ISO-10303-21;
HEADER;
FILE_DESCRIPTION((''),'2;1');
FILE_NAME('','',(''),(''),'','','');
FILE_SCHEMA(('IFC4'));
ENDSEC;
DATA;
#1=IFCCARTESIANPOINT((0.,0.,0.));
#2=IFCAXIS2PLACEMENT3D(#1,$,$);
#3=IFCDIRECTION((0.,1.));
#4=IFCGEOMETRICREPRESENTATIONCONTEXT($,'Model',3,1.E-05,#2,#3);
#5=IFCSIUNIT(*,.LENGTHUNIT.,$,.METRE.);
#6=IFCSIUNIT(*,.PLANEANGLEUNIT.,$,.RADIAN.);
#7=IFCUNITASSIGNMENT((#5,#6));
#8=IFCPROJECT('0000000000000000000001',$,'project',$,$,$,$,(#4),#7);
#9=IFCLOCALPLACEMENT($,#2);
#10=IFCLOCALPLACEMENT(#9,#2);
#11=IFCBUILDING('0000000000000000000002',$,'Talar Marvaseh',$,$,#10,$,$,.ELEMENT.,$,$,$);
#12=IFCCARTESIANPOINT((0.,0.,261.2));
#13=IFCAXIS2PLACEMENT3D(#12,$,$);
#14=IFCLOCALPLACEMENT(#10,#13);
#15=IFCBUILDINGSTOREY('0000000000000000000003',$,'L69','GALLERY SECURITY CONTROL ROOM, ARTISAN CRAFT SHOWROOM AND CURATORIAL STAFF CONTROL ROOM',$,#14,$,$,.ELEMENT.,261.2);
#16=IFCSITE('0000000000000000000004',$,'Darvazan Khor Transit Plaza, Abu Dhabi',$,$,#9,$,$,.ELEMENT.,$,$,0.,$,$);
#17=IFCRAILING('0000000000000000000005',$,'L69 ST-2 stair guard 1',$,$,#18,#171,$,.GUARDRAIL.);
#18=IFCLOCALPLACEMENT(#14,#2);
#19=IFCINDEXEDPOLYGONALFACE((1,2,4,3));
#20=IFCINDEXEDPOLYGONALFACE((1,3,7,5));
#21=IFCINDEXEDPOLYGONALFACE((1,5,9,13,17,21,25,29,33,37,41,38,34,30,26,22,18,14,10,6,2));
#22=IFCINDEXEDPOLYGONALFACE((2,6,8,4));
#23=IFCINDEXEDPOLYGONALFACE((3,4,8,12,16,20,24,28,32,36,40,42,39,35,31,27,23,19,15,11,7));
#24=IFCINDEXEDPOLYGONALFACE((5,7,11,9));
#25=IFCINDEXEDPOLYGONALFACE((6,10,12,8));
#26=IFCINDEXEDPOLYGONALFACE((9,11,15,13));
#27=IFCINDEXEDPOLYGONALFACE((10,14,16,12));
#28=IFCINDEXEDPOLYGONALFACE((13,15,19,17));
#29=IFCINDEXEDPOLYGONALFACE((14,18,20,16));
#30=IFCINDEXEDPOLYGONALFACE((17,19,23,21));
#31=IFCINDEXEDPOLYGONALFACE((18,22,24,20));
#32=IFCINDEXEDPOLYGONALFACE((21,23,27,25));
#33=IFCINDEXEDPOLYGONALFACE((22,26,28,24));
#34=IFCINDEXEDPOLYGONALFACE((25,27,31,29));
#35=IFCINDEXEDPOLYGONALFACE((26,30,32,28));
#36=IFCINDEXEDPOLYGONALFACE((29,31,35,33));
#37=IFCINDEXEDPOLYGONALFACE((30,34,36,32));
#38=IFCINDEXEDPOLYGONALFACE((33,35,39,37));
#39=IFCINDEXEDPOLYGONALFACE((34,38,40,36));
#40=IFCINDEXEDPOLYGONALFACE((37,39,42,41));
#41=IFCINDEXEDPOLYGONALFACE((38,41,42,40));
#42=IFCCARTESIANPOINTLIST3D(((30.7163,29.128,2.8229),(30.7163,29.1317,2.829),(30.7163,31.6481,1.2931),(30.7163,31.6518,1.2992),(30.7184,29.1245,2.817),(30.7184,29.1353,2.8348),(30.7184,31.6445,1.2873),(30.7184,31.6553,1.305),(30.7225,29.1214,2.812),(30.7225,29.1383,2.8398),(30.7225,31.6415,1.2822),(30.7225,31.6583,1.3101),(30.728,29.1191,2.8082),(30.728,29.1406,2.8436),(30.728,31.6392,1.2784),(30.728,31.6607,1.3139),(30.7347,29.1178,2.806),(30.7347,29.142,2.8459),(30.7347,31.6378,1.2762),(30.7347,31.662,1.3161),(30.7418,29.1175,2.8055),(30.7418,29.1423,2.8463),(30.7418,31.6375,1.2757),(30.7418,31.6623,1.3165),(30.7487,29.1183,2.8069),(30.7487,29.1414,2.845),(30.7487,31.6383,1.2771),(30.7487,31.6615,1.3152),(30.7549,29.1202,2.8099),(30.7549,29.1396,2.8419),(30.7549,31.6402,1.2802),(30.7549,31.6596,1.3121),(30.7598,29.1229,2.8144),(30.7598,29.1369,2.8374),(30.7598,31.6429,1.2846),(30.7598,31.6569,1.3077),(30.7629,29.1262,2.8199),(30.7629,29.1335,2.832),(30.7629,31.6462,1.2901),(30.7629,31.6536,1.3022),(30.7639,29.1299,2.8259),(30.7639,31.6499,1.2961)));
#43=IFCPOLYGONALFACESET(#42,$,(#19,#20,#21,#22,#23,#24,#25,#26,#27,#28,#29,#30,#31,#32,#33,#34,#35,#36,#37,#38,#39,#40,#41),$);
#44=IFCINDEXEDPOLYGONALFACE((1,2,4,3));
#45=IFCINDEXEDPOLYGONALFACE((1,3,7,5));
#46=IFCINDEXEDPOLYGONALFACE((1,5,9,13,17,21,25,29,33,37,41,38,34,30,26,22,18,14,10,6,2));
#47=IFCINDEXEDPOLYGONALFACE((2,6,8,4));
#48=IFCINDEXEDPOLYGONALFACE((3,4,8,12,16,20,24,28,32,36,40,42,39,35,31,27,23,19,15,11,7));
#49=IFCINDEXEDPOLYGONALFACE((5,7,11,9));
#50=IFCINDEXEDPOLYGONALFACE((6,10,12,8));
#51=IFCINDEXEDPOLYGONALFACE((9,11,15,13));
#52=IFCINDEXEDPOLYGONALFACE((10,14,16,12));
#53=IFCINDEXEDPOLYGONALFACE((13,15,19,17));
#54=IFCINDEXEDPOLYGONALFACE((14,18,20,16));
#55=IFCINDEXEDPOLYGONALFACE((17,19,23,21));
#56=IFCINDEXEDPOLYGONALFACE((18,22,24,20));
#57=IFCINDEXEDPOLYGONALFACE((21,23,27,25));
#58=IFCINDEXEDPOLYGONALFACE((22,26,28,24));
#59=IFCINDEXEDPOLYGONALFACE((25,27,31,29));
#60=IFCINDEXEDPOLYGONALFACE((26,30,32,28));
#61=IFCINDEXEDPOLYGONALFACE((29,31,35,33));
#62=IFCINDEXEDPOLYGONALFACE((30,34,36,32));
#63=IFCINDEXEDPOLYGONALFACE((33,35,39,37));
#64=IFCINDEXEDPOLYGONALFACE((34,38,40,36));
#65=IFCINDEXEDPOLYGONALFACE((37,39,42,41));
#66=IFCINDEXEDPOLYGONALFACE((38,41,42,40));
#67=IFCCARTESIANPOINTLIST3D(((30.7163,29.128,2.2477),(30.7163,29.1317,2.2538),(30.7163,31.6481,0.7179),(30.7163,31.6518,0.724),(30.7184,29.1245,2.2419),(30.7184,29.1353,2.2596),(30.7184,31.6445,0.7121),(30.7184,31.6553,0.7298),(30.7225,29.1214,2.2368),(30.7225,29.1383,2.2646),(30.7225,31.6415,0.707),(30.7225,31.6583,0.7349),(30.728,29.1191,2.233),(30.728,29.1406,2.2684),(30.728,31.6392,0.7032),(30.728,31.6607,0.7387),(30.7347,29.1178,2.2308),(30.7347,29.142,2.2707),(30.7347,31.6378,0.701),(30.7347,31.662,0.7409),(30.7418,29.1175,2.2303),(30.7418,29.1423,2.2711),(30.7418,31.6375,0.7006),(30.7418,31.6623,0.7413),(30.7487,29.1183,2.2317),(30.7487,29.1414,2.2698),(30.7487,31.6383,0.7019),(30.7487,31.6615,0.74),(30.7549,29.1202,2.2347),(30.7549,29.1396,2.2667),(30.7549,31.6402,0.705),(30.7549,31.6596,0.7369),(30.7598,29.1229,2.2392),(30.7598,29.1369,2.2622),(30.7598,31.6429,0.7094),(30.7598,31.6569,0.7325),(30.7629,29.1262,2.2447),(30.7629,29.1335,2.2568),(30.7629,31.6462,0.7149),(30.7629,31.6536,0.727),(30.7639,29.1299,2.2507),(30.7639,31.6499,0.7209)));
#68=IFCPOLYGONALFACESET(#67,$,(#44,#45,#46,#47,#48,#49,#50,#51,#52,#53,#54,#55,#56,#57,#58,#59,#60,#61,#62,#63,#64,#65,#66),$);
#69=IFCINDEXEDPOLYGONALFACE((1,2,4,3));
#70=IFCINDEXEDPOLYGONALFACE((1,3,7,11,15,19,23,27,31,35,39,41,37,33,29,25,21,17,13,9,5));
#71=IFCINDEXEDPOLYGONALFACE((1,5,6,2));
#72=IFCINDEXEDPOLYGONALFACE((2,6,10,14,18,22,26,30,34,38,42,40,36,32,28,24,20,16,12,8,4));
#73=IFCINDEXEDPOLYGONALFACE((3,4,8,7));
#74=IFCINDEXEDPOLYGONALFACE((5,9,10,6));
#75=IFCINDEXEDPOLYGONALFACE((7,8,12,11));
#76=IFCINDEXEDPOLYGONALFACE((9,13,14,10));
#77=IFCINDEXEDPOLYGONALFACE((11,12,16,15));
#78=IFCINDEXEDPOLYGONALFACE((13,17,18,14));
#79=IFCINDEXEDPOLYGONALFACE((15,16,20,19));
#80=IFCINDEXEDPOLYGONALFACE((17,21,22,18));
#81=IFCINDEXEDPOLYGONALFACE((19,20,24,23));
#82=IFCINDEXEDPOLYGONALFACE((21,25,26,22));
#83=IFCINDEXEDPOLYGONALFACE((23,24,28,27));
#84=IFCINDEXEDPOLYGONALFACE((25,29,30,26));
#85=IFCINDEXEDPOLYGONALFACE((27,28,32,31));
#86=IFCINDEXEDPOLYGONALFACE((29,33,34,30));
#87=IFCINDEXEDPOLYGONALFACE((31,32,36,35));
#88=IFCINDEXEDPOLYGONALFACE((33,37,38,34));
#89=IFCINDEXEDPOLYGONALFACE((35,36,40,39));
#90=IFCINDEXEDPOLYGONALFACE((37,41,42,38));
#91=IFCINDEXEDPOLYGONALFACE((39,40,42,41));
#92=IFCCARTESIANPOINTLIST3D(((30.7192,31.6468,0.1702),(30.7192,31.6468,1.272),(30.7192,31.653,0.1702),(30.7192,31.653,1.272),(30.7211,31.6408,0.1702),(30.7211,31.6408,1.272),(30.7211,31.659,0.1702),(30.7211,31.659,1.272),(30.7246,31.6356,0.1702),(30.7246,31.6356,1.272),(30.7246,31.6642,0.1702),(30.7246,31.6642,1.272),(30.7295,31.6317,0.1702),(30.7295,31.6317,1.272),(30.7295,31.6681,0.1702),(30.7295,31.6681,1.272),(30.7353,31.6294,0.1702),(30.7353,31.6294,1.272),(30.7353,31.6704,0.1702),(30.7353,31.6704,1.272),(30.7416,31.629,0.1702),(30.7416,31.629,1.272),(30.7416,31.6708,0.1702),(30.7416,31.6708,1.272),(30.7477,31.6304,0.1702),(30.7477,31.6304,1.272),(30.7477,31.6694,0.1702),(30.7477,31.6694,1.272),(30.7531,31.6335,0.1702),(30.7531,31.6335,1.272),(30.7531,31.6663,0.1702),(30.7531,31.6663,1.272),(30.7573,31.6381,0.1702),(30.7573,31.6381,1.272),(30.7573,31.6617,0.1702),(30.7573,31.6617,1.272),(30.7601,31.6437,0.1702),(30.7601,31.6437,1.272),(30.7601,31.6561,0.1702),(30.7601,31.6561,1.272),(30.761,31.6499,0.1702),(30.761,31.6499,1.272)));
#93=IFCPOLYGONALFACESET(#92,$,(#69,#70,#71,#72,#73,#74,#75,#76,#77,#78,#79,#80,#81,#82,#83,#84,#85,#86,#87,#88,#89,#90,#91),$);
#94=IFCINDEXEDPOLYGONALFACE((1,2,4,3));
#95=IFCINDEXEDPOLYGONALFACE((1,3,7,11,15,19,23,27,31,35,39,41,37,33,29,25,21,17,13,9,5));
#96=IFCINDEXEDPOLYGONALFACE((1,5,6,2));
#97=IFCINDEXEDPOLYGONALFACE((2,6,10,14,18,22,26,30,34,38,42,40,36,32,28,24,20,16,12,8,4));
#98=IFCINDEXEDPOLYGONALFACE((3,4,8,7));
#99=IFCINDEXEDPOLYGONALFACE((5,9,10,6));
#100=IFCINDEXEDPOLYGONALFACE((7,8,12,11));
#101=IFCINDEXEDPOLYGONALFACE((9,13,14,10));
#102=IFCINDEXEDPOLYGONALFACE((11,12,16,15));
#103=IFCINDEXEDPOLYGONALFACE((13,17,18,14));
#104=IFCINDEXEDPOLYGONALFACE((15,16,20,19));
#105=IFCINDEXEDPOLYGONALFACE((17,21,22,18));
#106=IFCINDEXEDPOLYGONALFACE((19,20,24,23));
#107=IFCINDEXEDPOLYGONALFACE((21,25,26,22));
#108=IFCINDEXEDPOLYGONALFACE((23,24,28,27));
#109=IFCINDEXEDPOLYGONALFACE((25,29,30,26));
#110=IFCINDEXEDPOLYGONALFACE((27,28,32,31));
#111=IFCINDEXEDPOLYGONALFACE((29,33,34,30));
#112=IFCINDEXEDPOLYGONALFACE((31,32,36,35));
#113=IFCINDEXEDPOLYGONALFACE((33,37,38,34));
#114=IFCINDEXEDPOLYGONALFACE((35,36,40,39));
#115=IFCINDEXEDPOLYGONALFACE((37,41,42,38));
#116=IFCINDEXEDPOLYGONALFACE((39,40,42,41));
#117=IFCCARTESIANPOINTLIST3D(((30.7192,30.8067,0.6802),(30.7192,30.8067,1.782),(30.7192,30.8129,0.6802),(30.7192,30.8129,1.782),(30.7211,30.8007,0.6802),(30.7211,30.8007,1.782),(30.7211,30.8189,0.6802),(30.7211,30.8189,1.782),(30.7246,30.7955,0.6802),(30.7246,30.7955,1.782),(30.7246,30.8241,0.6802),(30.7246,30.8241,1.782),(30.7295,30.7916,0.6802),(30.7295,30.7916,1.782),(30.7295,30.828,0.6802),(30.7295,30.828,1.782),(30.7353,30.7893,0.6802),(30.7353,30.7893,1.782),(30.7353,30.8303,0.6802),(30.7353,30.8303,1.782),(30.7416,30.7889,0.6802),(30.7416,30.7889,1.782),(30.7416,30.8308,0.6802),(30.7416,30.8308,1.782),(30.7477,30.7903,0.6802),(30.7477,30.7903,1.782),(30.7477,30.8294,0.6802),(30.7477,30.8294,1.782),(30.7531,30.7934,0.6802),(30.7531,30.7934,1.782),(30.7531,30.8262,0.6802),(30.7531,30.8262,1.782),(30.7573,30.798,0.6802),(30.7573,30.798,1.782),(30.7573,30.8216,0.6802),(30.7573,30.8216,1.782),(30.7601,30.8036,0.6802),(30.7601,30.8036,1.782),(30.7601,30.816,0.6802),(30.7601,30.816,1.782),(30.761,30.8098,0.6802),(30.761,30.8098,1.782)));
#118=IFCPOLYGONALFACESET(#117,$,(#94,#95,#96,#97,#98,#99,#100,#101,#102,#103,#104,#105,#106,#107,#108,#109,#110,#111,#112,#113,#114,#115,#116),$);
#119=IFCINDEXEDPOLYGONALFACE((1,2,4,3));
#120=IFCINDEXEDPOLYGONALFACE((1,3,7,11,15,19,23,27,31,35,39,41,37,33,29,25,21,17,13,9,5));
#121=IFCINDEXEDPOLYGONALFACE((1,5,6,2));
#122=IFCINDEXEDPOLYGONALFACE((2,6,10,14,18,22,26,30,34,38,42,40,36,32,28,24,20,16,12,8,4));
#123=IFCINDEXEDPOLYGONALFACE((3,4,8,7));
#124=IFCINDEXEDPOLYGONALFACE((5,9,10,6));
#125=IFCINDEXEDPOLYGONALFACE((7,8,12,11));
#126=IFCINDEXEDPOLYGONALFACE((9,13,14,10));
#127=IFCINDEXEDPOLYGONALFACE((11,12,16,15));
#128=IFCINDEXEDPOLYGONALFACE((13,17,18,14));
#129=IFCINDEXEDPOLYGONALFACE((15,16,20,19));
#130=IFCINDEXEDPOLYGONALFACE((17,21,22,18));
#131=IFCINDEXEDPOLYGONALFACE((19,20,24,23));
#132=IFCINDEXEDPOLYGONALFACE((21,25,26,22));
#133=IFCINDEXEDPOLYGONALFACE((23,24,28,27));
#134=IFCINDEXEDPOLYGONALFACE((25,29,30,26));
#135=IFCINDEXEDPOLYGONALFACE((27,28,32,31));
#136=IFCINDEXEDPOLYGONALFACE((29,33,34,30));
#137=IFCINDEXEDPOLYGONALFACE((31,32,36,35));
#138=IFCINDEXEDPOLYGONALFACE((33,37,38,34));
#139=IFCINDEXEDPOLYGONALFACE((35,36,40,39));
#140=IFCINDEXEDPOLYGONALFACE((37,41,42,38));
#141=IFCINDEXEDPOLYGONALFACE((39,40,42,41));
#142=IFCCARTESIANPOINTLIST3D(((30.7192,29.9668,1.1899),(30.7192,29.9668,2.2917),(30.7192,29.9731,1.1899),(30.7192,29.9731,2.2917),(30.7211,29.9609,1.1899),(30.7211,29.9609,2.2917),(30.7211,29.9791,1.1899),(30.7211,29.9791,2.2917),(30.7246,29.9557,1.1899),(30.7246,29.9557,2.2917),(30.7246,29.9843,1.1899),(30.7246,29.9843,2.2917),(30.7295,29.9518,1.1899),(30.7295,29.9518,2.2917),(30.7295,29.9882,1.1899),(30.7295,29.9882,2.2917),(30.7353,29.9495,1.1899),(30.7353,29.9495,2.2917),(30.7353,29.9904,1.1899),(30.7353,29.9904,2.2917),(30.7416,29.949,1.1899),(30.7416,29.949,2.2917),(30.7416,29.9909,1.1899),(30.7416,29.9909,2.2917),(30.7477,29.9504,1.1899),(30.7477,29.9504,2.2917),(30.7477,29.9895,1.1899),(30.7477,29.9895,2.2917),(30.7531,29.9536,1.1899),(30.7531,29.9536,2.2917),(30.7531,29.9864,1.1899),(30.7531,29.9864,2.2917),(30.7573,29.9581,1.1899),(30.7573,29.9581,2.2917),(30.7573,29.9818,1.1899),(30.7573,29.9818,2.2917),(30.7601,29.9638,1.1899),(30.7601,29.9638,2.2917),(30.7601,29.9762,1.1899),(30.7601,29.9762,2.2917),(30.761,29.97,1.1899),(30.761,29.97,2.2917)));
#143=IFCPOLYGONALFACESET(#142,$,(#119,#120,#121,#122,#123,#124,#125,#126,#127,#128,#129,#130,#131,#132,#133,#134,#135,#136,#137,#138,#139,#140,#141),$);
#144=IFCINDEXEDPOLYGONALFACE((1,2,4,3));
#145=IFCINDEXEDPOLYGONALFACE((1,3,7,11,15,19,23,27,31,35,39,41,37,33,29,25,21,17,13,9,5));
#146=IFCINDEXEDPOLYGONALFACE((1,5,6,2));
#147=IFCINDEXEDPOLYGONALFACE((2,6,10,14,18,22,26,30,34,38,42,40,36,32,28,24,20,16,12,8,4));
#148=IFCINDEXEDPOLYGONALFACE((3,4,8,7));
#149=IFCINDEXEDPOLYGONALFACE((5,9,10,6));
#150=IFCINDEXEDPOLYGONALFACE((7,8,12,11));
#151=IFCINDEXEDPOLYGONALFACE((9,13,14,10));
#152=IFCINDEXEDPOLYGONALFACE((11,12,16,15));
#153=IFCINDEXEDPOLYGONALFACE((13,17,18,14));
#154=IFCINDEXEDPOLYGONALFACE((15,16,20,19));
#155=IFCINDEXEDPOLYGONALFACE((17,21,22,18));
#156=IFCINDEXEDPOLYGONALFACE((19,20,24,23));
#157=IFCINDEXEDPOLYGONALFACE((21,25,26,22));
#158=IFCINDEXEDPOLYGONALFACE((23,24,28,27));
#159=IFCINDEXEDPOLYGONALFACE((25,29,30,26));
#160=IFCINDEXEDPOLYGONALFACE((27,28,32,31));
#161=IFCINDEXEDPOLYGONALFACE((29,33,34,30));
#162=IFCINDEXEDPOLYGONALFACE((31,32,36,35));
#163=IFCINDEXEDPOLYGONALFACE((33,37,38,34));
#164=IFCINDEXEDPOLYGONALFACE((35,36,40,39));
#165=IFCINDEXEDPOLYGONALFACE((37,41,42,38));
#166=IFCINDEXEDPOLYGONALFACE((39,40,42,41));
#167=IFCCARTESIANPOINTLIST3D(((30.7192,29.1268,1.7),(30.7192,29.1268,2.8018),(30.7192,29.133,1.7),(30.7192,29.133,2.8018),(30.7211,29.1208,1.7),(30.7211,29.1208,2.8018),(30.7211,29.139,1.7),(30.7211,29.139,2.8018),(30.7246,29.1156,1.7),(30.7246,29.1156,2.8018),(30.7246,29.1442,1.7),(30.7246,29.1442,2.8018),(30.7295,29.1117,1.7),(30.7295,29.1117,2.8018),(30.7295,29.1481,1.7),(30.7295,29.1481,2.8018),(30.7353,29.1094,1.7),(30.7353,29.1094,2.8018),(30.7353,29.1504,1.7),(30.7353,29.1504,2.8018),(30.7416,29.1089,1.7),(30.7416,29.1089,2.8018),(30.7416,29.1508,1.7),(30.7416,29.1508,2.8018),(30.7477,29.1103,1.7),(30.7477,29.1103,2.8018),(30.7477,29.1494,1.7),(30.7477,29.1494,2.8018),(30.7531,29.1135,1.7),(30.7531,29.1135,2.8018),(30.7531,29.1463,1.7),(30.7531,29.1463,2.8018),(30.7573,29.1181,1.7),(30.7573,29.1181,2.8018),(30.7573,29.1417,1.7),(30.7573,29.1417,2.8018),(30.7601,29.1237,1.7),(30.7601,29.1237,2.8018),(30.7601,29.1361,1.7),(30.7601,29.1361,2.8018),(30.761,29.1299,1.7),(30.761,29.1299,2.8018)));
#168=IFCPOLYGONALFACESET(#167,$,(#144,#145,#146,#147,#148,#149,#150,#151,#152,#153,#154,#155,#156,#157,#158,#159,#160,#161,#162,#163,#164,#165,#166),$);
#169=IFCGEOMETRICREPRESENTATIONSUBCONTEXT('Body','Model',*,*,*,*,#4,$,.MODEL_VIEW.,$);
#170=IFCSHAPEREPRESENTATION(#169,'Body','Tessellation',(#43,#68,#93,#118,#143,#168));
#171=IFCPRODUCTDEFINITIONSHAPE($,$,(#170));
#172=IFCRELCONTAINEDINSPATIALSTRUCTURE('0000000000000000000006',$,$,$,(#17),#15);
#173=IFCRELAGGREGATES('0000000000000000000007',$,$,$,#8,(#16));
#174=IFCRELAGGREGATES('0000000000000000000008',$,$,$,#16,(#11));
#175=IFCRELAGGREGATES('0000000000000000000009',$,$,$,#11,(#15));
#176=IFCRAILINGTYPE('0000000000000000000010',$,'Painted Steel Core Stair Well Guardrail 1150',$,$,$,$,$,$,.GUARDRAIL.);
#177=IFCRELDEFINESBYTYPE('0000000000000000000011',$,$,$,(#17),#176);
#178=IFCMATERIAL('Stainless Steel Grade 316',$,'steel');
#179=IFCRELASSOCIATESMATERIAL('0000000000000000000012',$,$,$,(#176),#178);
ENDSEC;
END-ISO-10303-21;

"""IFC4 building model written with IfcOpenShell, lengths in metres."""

from ifc_helpers import new_model, si_unit, direction, frame, origin, origin_2d, place, context, subcontext, project, spatial, circle, extrude, material, type_object, element, save


model = new_model("IFC4")

# Units and contexts
model_context = context("Model", 3, precision=1e-05, world=origin(), true_north=direction((0.0, 1.0)))
body_context = subcontext(model_context, "Body", "Model", "MODEL_VIEW")
ifc_project = project(units=[si_unit("LENGTHUNIT", "METRE"), si_unit("PLANEANGLEUNIT", "RADIAN")], contexts=[model_context])

# Site, building, storey
site_placement = place(None, origin())
site = spatial("IfcSite", under=ifc_project, at=site_placement, Name="Darvazan Khor Transit Plaza, Abu Dhabi", CompositionType="ELEMENT", RefElevation=0.0)
building_placement = place(site_placement, origin())
building = spatial("IfcBuilding", under=site, at=building_placement, Name="Talar Marvaseh", CompositionType="ELEMENT")
storey_placement = place(building_placement, frame((0.0, 0.0, 261.2)))
storey = spatial("IfcBuildingStorey", under=building, at=storey_placement, Name="L69", Description="GALLERY SECURITY CONTROL ROOM, ARTISAN CRAFT SHOWROOM AND CURATORIAL STAFF CONTROL ROOM", CompositionType="ELEMENT", Elevation=261.2)

# Shared definitions
ifc_material_1 = material(Name="Stainless Steel Grade 316", Category="steel")

# Railing
railing_type_1 = type_object("IfcRailingType", Name="Painted Steel Core Stair Well Guardrail 1150", PredefinedType="GUARDRAIL", material=ifc_material_1)
railing_1_placement = place(storey_placement, frame((30.74, 31.6499, 0.1702)))
element("IfcRailing", 1, at=railing_1_placement, inside=storey, type_object=railing_type_1, Name="L69 ST-2 stair guard 1", PredefinedType="GUARDRAIL", context=body_context, shape_type="SweptSolid", body=[
    extrude(circle(Radius=0.0239, at=origin_2d()), frame((0.0, 0.0, 1.126), z_axis=(0.0, -0.854822, 0.518922), x_axis=(1.0, 0.0, 0.0)), (0.0, 0.0, 1.0), 2.948),
    extrude(circle(Radius=0.0239, at=origin_2d()), frame((0.0, 0.0, 0.5508), z_axis=(0.0, -0.854822, 0.518922), x_axis=(1.0, 0.0, 0.0)), (0.0, 0.0, 1.0), 2.948),
    extrude(circle(Radius=0.021, at=origin_2d()), origin(), (0.0, 0.0, 1.0), 1.1018),
    extrude(circle(Radius=0.021, at=origin_2d()), frame((0.0, -0.8401, 0.51)), (0.0, 0.0, 1.0), 1.1018),
    extrude(circle(Radius=0.021, at=origin_2d()), frame((0.0, -1.6799, 1.0198)), (0.0, 0.0, 1.0), 1.1018),
    extrude(circle(Radius=0.021, at=origin_2d()), frame((0.0, -2.52, 1.5298)), (0.0, 0.0, 1.0), 1.1018),
])

save(model, "model.ifc")
